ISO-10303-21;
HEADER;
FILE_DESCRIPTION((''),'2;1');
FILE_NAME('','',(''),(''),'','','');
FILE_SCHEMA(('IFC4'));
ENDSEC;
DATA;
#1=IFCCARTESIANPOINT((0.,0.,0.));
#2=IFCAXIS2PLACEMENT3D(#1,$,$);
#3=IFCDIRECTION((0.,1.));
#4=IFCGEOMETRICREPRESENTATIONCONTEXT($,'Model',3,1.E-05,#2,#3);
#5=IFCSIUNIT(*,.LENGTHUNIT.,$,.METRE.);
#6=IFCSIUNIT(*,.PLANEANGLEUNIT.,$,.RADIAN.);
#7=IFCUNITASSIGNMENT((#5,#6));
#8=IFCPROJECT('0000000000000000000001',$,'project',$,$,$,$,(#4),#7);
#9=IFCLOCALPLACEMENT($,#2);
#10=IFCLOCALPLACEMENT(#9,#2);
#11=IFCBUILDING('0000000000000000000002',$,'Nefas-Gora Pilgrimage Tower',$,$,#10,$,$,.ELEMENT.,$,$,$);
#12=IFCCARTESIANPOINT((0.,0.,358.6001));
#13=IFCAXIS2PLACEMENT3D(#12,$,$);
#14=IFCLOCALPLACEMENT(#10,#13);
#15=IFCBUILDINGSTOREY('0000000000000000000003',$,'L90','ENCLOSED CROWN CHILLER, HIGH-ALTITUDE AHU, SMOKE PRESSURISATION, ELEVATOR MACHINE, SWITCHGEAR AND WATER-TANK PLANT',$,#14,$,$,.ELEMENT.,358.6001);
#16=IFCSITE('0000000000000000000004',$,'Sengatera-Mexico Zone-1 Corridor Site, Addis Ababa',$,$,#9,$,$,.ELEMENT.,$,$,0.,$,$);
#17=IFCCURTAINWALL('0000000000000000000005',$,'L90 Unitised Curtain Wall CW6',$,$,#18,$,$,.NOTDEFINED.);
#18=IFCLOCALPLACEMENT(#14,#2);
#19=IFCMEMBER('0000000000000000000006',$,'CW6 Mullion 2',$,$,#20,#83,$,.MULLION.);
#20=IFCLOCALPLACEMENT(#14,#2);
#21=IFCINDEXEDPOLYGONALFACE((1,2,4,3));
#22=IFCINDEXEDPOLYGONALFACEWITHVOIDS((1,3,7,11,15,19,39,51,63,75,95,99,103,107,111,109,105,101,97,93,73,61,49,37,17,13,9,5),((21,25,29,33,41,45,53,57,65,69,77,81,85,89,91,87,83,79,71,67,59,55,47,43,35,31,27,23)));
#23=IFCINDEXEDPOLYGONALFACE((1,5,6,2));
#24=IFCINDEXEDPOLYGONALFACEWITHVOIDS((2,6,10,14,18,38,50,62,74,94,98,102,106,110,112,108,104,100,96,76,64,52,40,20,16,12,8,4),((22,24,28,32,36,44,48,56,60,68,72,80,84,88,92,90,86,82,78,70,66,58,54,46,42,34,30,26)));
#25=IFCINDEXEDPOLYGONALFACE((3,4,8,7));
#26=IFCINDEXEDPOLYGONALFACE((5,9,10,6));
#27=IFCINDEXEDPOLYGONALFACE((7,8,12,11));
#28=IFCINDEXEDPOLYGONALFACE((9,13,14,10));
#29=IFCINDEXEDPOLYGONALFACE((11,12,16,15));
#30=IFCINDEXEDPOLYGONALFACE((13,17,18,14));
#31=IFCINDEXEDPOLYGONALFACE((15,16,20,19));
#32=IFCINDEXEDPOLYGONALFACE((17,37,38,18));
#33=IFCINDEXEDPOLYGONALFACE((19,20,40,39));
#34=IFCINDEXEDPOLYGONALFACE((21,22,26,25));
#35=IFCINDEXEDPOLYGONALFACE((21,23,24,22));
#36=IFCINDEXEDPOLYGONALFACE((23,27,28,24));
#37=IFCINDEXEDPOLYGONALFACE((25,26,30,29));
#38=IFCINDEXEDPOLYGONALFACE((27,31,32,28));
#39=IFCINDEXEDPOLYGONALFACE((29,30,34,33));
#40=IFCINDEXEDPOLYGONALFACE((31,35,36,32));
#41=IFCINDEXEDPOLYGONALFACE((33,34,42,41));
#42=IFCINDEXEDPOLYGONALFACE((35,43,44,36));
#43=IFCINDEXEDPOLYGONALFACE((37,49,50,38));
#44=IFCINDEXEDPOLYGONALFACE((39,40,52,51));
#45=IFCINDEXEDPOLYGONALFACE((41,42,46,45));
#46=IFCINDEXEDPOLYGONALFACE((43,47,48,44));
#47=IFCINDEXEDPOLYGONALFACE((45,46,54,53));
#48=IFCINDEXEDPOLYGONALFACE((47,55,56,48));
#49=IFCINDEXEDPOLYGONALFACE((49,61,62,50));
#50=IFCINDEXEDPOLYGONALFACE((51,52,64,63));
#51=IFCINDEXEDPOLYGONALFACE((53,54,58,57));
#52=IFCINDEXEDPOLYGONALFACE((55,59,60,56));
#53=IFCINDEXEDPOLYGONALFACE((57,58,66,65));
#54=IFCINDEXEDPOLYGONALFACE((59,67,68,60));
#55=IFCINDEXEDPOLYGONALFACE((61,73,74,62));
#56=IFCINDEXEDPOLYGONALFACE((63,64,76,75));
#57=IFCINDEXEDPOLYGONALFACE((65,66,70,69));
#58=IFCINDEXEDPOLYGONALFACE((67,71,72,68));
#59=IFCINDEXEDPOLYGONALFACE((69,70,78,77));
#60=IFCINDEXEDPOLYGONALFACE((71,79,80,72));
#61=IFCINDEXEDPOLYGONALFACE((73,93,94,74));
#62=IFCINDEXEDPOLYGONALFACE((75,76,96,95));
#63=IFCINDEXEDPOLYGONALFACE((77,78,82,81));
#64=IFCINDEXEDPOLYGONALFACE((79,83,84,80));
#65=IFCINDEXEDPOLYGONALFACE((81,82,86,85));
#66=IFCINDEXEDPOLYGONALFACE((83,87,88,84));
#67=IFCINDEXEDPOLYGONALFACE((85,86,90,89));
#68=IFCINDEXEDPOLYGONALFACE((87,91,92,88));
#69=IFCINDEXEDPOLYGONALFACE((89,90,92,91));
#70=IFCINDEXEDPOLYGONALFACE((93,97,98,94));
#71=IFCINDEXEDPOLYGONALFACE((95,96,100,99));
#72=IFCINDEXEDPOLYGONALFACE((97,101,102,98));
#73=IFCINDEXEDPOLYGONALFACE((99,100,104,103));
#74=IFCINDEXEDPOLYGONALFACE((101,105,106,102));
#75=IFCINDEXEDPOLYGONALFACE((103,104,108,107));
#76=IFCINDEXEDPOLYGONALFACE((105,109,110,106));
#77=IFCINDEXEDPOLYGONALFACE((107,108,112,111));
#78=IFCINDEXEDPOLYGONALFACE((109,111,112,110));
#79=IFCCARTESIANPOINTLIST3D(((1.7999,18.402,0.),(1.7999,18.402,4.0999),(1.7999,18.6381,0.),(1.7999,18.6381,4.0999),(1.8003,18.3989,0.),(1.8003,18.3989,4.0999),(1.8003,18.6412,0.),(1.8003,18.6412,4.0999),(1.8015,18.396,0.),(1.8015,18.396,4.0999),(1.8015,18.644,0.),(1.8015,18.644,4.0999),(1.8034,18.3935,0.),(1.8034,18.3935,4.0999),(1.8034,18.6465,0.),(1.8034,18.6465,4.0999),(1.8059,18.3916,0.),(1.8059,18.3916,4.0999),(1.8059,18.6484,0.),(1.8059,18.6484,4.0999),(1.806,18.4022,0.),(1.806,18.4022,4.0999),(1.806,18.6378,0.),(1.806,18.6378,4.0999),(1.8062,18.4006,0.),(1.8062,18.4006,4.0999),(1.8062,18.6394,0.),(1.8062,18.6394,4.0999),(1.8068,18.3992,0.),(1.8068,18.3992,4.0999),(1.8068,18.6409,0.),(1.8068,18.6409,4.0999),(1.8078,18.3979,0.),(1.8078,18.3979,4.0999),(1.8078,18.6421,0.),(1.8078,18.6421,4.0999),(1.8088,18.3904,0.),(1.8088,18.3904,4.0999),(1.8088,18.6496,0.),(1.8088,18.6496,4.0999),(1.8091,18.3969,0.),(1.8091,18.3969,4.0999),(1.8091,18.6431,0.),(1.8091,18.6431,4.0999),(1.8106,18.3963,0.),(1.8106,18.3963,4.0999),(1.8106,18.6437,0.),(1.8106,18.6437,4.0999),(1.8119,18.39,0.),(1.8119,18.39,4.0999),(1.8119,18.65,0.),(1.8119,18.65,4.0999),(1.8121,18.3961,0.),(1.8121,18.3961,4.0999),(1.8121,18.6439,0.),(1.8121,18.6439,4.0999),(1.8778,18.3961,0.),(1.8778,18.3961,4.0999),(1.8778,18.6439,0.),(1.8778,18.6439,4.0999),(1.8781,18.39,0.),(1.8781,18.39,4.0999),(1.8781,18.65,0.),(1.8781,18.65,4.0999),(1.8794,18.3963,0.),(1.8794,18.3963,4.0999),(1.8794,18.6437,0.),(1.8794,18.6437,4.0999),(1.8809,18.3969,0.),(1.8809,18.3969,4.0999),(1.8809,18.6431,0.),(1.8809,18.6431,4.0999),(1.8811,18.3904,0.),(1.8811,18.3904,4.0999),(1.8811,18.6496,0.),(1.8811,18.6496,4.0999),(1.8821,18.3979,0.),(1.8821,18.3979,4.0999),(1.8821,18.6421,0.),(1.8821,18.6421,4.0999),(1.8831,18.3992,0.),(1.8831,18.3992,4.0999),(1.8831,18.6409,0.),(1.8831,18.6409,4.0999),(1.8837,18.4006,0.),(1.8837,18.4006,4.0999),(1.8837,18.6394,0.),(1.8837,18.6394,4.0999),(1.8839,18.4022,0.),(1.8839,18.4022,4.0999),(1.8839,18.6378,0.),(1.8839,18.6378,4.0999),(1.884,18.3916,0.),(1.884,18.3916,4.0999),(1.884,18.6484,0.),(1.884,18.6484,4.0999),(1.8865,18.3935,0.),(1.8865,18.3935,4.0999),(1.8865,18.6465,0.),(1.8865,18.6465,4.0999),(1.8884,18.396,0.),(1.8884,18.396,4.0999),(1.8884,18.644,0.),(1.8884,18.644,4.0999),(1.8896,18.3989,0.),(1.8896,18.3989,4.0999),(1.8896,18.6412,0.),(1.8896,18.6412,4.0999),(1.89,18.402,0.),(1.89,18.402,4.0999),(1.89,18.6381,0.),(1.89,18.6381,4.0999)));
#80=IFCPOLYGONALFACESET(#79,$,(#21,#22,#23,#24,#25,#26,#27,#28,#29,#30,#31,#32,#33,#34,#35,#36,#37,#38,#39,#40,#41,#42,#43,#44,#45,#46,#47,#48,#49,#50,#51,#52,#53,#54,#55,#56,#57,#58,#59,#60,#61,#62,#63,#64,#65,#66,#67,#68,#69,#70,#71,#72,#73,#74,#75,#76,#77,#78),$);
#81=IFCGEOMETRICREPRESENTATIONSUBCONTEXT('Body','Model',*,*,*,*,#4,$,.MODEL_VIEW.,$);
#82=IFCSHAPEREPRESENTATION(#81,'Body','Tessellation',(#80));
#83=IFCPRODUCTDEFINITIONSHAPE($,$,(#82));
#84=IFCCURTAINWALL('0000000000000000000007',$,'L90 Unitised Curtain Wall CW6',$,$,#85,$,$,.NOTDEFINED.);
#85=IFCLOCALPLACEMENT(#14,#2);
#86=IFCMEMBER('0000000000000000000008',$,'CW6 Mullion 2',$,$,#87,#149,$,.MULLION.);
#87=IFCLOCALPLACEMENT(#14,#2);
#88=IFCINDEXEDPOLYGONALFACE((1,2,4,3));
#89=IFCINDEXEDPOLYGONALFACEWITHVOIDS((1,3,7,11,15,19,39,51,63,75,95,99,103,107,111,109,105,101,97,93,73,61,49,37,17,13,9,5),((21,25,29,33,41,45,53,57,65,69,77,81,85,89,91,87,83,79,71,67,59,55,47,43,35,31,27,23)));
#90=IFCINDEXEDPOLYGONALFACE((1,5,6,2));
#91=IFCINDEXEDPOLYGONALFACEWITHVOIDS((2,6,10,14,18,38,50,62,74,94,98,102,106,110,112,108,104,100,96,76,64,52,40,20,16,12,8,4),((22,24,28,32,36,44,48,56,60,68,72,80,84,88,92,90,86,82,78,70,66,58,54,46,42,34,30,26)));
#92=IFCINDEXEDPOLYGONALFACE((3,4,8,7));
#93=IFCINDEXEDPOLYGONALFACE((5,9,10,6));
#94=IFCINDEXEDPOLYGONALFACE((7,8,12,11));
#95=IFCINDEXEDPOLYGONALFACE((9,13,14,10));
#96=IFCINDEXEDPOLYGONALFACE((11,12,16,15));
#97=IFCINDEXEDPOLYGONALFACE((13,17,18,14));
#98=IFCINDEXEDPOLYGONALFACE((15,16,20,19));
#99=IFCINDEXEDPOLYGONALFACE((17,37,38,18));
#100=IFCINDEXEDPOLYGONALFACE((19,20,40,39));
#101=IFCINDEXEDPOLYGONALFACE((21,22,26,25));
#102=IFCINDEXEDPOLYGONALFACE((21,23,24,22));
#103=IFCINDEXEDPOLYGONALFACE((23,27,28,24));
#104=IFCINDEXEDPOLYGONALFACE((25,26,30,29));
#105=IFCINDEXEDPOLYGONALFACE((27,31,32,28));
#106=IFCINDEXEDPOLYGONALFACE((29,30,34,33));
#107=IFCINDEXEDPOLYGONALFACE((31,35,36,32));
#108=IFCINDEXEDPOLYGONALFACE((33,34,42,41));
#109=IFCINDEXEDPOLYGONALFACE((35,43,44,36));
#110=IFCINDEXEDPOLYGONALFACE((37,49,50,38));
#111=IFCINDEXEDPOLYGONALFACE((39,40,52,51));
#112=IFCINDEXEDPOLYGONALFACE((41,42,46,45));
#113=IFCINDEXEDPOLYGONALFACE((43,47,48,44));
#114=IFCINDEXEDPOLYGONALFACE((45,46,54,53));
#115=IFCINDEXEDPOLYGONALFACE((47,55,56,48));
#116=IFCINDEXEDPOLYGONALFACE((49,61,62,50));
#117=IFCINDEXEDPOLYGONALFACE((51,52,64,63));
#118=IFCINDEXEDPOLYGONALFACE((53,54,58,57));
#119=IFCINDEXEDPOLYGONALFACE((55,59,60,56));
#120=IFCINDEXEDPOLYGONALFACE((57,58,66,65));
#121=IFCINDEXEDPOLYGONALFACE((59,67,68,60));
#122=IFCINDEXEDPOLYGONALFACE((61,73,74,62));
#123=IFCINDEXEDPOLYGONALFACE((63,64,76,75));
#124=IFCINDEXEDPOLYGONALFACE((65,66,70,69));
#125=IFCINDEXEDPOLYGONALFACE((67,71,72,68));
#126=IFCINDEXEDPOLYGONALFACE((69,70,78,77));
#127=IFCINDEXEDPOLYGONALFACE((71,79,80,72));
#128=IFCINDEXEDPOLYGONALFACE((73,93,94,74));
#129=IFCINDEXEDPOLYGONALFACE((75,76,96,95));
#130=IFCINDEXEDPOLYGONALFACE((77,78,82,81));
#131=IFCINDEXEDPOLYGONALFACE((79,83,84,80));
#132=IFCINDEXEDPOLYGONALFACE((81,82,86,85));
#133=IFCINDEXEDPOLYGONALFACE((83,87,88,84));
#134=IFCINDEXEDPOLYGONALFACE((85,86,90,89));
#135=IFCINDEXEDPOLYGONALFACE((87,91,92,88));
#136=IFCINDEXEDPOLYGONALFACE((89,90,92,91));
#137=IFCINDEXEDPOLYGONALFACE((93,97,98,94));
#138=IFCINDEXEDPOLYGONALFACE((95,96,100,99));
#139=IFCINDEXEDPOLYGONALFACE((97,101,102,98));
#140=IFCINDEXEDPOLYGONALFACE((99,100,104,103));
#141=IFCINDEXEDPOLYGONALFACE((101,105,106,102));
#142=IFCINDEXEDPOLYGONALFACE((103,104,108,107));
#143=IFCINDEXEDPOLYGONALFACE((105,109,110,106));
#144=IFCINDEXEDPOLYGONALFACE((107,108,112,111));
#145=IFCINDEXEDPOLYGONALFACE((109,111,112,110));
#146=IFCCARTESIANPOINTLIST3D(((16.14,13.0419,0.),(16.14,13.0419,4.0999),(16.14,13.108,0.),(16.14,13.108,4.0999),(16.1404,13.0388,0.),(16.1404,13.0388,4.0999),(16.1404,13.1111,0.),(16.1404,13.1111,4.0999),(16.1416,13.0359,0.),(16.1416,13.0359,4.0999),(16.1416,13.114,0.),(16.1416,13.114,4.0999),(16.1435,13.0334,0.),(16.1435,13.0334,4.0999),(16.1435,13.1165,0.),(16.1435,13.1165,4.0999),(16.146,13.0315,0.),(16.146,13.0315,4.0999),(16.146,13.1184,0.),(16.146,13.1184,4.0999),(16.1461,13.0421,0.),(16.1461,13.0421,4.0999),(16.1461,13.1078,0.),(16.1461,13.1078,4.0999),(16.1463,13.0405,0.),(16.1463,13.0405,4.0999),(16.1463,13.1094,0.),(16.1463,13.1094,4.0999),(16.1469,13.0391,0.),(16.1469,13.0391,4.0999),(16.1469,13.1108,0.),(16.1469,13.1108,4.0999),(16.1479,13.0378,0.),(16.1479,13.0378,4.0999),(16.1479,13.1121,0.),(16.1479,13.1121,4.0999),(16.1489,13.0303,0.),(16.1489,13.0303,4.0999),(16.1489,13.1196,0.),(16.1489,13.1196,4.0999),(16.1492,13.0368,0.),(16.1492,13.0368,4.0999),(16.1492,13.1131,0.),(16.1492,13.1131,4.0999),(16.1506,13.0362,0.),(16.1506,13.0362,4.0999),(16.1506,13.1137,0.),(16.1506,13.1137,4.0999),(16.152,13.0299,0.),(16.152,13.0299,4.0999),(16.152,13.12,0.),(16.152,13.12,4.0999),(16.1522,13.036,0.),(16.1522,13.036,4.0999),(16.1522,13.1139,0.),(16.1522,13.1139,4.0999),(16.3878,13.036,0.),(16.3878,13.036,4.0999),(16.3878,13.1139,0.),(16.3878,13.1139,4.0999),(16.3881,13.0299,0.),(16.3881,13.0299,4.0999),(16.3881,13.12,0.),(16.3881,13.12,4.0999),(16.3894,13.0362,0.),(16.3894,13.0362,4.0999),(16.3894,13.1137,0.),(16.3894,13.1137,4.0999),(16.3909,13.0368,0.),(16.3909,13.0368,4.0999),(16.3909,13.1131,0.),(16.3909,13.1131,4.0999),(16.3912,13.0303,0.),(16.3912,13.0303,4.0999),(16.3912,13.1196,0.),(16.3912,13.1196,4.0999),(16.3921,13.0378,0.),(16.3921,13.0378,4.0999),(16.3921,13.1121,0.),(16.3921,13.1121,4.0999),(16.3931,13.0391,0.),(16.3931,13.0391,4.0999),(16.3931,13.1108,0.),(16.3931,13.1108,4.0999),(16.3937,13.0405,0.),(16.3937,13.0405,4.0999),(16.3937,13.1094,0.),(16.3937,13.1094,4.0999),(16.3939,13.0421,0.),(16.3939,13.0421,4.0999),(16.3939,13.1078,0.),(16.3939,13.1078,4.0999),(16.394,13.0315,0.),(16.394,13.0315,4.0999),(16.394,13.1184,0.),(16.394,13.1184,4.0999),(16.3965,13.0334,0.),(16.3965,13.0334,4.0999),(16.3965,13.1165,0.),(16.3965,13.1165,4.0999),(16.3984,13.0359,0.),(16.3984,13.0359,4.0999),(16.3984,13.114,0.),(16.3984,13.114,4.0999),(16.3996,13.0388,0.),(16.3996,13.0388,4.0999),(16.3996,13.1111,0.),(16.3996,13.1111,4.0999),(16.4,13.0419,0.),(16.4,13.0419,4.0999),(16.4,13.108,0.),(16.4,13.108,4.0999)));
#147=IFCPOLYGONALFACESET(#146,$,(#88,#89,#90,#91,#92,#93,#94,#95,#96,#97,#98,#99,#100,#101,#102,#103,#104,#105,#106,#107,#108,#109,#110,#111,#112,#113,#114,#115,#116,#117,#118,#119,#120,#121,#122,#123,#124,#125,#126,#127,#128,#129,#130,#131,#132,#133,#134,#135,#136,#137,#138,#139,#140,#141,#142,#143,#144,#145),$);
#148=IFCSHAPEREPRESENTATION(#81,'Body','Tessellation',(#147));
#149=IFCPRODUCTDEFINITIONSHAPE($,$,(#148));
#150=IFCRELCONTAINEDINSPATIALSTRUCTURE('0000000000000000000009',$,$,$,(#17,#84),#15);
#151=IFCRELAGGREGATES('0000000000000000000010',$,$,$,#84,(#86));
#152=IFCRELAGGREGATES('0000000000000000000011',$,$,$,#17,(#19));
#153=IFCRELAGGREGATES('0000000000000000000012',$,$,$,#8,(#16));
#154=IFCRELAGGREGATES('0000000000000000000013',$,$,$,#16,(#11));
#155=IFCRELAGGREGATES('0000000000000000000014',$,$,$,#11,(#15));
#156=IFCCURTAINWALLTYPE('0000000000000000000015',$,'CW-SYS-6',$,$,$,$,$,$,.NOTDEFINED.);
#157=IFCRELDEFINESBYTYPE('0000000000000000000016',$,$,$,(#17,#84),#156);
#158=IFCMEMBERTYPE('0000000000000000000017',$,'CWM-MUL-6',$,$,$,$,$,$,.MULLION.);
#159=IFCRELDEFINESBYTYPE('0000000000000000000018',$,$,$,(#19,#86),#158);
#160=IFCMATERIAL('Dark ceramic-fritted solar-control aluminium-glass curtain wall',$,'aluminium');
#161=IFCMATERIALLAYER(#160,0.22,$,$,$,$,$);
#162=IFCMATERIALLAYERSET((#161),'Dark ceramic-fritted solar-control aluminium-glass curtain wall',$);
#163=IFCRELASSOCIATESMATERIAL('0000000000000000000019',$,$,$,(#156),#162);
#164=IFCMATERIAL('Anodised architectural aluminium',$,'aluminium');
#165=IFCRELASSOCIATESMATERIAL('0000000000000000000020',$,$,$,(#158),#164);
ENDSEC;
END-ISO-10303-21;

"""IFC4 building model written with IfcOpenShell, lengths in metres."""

from ifc_helpers import new_model, si_unit, direction, frame, origin, origin_2d, place, context, subcontext, project, spatial, hollow_rectangle, extrude, source, transform, mapped, material, layer, layer_set, material_profile, profile_set, type_object, element, aggregate, save


model = new_model("IFC4")

# Units and contexts
model_context = context("Model", 3, precision=1e-05, world=origin(), true_north=direction((0.0, 1.0)))
body_context = subcontext(model_context, "Body", "Model", "MODEL_VIEW")
ifc_project = project(units=[si_unit("LENGTHUNIT", "METRE"), si_unit("PLANEANGLEUNIT", "RADIAN")], contexts=[model_context])

# Site, building, storey
site_placement = place(None, origin())
site = spatial("IfcSite", under=ifc_project, at=site_placement, Name="Sengatera-Mexico Zone-1 Corridor Site, Addis Ababa", CompositionType="ELEMENT", RefElevation=0.0)
building_placement = place(site_placement, origin())
building = spatial("IfcBuilding", under=site, at=building_placement, Name="Nefas-Gora Pilgrimage Tower", CompositionType="ELEMENT")
storey_placement = place(building_placement, frame((0.0, 0.0, 358.6001)))
storey = spatial("IfcBuildingStorey", under=building, at=storey_placement, Name="L90", Description="ENCLOSED CROWN CHILLER, HIGH-ALTITUDE AHU, SMOKE PRESSURISATION, ELEVATOR MACHINE, SWITCHGEAR AND WATER-TANK PLANT", CompositionType="ELEMENT", Elevation=358.6001)

# Curtain wall, member
ifc_material_1 = material(Name="Dark ceramic-fritted solar-control aluminium-glass curtain wall", Category="aluminium")
ifc_layer_1 = layer(ifc_material_1, 0.22)
ifc_layer_set_1 = layer_set([ifc_layer_1], Name="Dark ceramic-fritted solar-control aluminium-glass curtain wall")
curtain_wall_type = type_object("IfcCurtainWallType", Name="CW-SYS-6", PredefinedType="NOTDEFINED", material=ifc_layer_set_1)
curtain_wall_1_placement = place(storey_placement, origin())
curtain_wall_1 = element("IfcCurtainWall", 1, at=curtain_wall_1_placement, inside=storey, type_object=curtain_wall_type, Name="L90 Unitised Curtain Wall CW6", PredefinedType="NOTDEFINED")
ifc_material_2 = material(Name="Anodised architectural aluminium", Category="aluminium")
ifc_material_profile_1 = material_profile(ifc_material_2, hollow_rectangle(XDim=0.0901, YDim=0.26, WallThickness=0.0061, InnerFilletRadius=0.0061, OuterFilletRadius=0.012, at=origin_2d()), Name="ALU MULLION 90x260")
ifc_profile_set_1 = profile_set([ifc_material_profile_1], Name="Anodised architectural aluminium")
member_type_1 = type_object("IfcMemberType", Name="CWM-MUL-6", PredefinedType="MULLION", material=ifc_profile_set_1)
shared_shape_1 = source(origin(), body_context, "Body", "SweptSolid", [
    extrude(hollow_rectangle(XDim=0.0901, YDim=0.26, WallThickness=0.0061, InnerFilletRadius=0.0061, OuterFilletRadius=0.012, at=origin_2d()), origin(), (0.0, 0.0, 1.0), 4.0999),
])
member_1_placement = place(storey_placement, frame((1.845, 18.52, 0.0), z_axis=(0.0, 0.0, 1.0), x_axis=(-1.0, 0.0, 0.0)))
member_1 = element("IfcMember", 2, at=member_1_placement, type_object=member_type_1, Name="CW6 Mullion 2", PredefinedType="MULLION", context=body_context, shape_type="MappedRepresentation", body=[
    mapped(shared_shape_1, transform((0.0, 0.0, 0.0), x_axis=(1.0, 0.0, 0.0), y_axis=(0.0, 1.0, 0.0), z_axis=(0.0, 0.0, 1.0), scale=1.0)),
])

# Curtain wall, member
curtain_wall_2_placement = place(storey_placement, origin())
curtain_wall_2 = element("IfcCurtainWall", 3, at=curtain_wall_2_placement, inside=storey, type_object=curtain_wall_type, Name="L90 Unitised Curtain Wall CW6", PredefinedType="NOTDEFINED")
member_2_placement = place(storey_placement, frame((16.27, 13.075, 0.0), z_axis=(0.0, 0.0, 1.0), x_axis=(0.0, 1.0, 0.0)))
member_2 = element("IfcMember", 4, at=member_2_placement, type_object=member_type_1, Name="CW6 Mullion 2", PredefinedType="MULLION", context=body_context, shape_type="MappedRepresentation", body=[
    mapped(shared_shape_1, transform((0.0, 0.0, 0.0), x_axis=(1.0, 0.0, 0.0), y_axis=(0.0, 1.0, 0.0), z_axis=(0.0, 0.0, 1.0), scale=1.0)),
])
aggregate(curtain_wall_2, [member_2])

aggregate(curtain_wall_1, [member_1])

save(model, "model.ifc")
